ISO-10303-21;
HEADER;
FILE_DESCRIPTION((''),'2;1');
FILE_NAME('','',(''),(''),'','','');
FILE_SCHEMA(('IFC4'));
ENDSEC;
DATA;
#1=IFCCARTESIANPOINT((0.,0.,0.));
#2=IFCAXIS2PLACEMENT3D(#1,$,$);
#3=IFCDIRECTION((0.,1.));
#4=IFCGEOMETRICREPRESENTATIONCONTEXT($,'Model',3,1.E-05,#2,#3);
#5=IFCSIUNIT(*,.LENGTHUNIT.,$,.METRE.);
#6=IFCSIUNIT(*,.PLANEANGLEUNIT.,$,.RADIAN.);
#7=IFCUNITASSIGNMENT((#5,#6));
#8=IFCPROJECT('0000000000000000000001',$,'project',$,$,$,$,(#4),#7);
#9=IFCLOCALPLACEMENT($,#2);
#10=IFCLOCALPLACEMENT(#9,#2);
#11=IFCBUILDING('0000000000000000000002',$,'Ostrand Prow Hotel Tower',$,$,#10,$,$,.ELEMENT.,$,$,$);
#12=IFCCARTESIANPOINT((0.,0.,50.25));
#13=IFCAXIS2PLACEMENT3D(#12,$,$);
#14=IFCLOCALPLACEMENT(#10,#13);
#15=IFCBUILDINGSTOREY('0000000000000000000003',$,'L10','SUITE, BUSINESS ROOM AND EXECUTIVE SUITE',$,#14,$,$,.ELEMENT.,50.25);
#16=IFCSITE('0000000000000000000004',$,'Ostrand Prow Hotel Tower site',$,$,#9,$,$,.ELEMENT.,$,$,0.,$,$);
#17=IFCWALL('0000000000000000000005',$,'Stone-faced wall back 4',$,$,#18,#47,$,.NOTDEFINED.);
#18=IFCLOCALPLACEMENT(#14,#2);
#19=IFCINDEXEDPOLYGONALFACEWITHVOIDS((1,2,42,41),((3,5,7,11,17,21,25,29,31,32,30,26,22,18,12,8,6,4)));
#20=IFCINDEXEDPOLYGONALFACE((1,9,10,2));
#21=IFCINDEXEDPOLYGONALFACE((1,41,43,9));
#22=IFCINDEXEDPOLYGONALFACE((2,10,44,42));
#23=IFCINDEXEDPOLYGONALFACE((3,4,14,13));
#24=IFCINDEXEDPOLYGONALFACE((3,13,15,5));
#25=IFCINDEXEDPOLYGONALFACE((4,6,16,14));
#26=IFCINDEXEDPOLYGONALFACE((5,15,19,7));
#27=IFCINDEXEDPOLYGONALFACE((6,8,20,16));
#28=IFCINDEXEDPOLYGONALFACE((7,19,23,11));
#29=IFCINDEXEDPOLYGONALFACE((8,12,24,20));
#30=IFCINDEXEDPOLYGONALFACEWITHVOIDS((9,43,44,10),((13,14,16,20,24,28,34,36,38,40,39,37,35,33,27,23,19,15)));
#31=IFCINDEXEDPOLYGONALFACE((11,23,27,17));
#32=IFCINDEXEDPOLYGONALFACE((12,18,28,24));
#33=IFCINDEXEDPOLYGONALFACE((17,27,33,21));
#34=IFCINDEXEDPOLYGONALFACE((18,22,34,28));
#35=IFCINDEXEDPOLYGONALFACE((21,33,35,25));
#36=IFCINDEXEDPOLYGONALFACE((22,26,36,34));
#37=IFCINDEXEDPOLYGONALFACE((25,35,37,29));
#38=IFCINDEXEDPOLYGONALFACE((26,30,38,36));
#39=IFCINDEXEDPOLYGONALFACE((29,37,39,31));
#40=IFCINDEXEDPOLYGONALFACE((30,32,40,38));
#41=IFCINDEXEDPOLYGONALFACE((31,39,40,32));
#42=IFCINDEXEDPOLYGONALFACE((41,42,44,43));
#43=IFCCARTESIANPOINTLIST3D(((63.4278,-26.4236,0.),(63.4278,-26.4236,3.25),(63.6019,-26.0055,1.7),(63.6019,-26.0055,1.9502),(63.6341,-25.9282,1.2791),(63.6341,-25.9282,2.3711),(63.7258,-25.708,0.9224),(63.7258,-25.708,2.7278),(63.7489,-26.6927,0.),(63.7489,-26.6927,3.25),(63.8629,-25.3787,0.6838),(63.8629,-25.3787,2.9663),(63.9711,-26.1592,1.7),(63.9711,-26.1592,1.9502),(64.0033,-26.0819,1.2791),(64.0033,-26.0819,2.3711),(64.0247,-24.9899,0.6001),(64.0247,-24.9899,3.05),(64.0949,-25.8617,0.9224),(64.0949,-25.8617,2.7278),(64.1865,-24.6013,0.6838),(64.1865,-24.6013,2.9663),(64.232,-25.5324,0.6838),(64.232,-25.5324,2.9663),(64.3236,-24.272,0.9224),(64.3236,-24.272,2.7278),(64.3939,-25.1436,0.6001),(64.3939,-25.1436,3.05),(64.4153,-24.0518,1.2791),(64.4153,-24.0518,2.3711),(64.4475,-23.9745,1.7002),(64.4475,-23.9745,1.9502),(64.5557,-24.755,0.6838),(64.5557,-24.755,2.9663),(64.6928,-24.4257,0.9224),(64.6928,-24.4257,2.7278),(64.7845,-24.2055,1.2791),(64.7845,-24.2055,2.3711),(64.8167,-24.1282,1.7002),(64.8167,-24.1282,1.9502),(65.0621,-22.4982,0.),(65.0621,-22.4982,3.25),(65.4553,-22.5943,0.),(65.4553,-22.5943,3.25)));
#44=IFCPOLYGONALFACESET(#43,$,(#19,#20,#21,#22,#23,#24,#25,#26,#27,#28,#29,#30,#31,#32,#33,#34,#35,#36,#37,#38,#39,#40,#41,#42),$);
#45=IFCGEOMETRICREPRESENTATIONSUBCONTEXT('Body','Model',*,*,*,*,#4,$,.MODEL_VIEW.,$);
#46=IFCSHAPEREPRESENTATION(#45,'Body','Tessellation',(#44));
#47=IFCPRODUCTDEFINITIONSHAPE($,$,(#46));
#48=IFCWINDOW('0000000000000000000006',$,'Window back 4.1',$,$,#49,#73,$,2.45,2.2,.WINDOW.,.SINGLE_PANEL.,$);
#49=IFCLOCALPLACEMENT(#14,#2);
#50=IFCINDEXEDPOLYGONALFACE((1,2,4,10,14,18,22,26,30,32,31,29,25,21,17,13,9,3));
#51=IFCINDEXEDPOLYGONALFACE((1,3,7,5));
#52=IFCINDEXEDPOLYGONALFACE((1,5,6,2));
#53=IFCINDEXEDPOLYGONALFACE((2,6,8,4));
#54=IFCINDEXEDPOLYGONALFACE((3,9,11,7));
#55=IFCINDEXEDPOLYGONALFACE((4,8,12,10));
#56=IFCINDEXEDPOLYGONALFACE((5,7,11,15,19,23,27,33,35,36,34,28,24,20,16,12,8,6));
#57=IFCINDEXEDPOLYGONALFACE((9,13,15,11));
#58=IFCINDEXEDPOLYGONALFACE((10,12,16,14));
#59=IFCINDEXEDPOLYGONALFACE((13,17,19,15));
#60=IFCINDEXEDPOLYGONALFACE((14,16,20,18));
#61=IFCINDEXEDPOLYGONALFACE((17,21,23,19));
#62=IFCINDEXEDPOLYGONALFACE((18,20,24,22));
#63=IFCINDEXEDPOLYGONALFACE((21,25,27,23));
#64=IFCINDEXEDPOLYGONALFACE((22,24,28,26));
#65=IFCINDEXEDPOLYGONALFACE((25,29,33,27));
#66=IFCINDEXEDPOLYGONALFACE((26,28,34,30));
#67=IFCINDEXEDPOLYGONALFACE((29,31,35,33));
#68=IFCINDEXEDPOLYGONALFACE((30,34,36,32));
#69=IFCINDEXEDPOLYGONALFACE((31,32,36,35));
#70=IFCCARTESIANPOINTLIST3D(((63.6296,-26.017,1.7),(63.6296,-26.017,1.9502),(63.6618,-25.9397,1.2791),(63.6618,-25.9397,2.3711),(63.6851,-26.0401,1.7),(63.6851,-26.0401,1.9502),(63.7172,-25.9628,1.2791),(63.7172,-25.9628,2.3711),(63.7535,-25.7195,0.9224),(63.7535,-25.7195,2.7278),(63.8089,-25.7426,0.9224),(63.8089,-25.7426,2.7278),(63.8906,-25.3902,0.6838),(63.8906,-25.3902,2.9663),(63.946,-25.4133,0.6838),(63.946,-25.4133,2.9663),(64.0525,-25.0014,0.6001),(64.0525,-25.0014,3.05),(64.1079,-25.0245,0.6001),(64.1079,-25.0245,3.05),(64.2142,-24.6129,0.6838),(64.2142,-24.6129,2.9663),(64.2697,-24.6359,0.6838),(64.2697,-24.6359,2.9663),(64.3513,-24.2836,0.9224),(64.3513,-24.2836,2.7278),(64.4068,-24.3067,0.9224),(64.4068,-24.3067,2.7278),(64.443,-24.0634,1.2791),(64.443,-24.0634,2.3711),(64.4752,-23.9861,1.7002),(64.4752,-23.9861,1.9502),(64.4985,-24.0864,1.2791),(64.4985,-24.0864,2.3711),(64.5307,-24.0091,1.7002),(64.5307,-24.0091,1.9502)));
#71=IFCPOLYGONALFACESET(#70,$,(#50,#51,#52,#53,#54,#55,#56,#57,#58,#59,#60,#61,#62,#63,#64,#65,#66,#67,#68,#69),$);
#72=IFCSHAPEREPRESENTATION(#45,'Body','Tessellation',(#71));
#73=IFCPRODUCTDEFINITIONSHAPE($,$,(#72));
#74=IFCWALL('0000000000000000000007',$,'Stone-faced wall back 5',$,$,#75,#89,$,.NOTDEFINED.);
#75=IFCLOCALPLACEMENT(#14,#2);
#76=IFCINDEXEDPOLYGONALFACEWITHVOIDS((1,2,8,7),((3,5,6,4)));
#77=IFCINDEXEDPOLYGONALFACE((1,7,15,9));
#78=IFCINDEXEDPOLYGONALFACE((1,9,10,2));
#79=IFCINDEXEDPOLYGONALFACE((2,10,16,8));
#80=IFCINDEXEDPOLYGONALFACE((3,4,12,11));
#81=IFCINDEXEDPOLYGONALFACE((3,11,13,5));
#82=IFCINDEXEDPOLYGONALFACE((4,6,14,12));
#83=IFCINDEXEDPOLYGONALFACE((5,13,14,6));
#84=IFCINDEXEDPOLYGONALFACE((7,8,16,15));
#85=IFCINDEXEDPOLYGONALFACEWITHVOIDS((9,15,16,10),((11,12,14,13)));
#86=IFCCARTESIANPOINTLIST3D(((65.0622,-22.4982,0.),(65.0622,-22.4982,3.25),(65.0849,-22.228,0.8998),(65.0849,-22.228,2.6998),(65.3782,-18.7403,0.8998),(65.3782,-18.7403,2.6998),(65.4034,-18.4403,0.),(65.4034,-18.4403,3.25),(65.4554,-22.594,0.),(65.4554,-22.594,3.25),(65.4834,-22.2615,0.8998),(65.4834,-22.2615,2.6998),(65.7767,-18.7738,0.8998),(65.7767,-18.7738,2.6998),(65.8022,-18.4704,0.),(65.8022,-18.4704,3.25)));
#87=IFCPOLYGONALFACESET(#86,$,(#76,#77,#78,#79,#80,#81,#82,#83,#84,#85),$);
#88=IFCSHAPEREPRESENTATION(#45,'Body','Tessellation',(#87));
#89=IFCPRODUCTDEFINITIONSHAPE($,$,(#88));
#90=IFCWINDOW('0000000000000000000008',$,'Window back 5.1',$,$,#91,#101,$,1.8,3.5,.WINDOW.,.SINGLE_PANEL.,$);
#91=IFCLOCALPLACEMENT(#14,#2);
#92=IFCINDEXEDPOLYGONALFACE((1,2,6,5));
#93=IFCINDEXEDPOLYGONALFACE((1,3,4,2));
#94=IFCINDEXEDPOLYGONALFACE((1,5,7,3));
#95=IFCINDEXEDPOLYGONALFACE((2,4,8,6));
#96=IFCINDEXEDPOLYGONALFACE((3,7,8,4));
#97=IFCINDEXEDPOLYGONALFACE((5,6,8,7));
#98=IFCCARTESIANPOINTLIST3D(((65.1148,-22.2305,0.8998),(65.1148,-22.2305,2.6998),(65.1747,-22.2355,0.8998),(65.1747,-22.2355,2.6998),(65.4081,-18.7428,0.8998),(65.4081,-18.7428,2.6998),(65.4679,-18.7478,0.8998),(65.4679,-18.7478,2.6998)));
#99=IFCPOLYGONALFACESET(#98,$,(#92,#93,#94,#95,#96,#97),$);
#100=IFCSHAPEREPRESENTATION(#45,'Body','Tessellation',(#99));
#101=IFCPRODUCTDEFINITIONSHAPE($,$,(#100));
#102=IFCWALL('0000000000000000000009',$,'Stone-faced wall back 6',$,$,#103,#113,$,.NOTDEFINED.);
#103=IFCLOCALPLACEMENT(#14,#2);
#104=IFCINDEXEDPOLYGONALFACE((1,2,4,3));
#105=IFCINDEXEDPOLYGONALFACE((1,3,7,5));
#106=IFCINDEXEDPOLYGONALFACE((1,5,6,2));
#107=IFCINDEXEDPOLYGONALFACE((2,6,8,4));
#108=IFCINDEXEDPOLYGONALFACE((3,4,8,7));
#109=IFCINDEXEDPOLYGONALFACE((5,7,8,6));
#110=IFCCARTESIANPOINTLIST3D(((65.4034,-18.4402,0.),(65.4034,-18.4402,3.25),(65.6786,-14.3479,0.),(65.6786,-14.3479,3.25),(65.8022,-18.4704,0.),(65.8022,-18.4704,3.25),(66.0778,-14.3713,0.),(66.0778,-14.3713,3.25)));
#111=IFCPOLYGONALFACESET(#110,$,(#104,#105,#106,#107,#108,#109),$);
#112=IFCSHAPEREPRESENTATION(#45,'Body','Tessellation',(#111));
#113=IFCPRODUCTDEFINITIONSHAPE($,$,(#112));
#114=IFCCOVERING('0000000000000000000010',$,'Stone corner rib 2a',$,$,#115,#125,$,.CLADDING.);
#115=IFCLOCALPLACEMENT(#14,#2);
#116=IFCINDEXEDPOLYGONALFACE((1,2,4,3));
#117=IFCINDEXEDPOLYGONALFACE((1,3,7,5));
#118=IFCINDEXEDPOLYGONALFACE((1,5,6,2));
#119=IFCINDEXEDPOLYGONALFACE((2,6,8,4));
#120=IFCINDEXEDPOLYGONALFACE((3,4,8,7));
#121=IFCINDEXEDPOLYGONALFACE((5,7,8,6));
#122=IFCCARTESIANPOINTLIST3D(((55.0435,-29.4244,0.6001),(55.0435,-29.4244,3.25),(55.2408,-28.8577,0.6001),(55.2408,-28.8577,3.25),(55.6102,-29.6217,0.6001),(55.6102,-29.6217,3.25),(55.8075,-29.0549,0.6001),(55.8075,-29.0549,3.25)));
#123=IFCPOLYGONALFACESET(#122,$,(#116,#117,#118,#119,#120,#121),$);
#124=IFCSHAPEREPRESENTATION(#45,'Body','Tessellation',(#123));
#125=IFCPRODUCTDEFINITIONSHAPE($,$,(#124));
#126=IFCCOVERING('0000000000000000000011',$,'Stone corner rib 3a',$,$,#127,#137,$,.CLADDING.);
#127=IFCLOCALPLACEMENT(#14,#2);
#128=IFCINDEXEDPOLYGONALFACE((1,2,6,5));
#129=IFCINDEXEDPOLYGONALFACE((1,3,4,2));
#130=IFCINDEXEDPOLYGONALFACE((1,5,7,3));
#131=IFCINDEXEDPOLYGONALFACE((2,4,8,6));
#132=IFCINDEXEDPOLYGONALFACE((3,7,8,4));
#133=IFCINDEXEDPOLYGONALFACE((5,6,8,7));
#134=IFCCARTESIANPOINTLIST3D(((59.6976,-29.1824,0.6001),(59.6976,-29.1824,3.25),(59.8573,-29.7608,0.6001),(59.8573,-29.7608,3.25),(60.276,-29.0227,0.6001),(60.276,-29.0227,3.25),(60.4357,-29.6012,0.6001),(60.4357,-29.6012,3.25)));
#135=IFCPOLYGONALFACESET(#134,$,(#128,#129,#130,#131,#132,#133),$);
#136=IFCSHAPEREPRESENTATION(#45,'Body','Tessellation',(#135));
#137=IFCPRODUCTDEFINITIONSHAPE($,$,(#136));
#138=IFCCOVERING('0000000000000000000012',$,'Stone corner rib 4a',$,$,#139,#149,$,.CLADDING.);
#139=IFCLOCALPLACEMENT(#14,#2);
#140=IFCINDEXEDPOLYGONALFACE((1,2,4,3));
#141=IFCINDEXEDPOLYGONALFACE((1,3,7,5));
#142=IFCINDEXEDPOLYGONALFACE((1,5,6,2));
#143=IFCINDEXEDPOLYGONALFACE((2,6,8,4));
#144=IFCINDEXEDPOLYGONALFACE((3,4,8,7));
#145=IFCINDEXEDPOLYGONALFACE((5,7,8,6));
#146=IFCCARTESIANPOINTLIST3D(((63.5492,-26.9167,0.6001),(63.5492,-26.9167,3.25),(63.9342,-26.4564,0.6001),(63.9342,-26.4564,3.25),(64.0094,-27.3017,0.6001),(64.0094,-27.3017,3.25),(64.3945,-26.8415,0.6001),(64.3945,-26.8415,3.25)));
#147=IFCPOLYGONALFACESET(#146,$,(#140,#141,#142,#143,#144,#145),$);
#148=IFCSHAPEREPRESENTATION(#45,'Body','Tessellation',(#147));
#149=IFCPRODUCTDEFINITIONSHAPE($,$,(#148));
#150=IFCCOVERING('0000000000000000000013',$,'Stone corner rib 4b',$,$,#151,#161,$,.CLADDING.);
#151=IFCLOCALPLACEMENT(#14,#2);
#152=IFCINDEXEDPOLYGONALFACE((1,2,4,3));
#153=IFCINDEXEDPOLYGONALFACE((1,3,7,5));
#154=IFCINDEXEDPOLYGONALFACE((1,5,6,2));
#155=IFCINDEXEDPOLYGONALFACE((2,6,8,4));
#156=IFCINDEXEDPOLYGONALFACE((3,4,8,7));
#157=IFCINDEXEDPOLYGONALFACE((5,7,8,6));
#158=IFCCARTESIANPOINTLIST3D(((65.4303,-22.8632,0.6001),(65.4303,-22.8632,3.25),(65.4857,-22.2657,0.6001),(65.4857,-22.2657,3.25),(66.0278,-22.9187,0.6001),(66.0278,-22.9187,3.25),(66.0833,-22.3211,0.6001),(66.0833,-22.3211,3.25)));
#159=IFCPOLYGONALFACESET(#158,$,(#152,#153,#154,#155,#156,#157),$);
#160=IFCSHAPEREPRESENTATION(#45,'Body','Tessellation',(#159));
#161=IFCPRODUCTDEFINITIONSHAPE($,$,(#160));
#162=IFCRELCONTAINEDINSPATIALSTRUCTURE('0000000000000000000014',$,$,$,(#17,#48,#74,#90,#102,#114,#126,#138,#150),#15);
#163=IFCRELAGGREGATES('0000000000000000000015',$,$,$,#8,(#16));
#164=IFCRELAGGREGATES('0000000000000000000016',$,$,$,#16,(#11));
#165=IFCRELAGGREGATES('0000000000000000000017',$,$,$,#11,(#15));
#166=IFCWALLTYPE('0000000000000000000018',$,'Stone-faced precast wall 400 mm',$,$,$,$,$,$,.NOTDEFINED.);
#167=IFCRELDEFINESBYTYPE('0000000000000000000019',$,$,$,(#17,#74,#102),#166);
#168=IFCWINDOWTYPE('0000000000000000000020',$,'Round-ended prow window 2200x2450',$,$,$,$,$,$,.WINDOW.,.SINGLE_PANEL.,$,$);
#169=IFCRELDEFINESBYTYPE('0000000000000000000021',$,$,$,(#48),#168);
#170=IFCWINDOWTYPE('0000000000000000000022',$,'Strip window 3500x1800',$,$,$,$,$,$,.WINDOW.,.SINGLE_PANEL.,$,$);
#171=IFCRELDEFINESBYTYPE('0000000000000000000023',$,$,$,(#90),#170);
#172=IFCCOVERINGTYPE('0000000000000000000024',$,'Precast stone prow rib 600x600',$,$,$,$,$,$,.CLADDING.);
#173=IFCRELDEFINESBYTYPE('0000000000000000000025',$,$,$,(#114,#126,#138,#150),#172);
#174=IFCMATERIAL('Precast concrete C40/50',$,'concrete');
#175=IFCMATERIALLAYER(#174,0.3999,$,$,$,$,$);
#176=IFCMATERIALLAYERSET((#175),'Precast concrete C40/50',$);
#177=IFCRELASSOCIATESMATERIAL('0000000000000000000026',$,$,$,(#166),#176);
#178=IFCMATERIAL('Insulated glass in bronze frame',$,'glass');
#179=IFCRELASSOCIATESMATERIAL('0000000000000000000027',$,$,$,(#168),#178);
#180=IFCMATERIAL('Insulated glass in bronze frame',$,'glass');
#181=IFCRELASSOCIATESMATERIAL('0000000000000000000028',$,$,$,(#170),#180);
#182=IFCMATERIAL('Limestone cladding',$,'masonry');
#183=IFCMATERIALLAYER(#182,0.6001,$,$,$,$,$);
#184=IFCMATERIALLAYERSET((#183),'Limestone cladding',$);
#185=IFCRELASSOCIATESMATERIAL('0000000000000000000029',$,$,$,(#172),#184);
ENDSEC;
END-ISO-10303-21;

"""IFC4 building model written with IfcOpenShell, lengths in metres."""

from ifc_helpers import new_model, si_unit, direction, frame, frame_2d, origin, place, context, subcontext, project, spatial, polyline, rectangle, outline, extrude, material, layer, layer_set, type_object, element, fill, save


model = new_model("IFC4")

# Units and contexts
model_context = context("Model", 3, precision=1e-05, world=origin(), true_north=direction((0.0, 1.0)))
body_context = subcontext(model_context, "Body", "Model", "MODEL_VIEW")
ifc_project = project(units=[si_unit("LENGTHUNIT", "METRE"), si_unit("PLANEANGLEUNIT", "RADIAN")], contexts=[model_context])

# Site, building, storey
site_placement = place(None, origin())
site = spatial("IfcSite", under=ifc_project, at=site_placement, Name="Ostrand Prow Hotel Tower site", CompositionType="ELEMENT", RefElevation=0.0)
building_placement = place(site_placement, origin())
building = spatial("IfcBuilding", under=site, at=building_placement, Name="Ostrand Prow Hotel Tower", CompositionType="ELEMENT")
storey_placement = place(building_placement, frame((0.0, 0.0, 50.25)))
storey = spatial("IfcBuildingStorey", under=building, at=storey_placement, Name="L10", Description="SUITE, BUSINESS ROOM AND EXECUTIVE SUITE", CompositionType="ELEMENT", Elevation=50.25)

# Walls, openings, windows
ifc_material_1 = material(Name="Precast concrete C40/50", Category="concrete")
ifc_layer_1 = layer(ifc_material_1, 0.3999)
ifc_layer_set_1 = layer_set([ifc_layer_1], Name="Precast concrete C40/50")
wall_type_1 = type_object("IfcWallType", Name="Stone-faced precast wall 400 mm", PredefinedType="NOTDEFINED", material=ifc_layer_set_1)
ifc_material_2 = material(Name="Insulated glass in bronze frame", Category="glass")
window_type_1 = type_object("IfcWindowType", Name="Round-ended prow window 2200x2450", PartitioningType="SINGLE_PANEL", PredefinedType="WINDOW", material=ifc_material_2)
wall_1_placement = place(storey_placement, frame((63.5884, -26.5581, 0.0), z_axis=(0.0, 0.0, 1.0), x_axis=(0.384372, 0.923178, 0.0)))
wall_1 = element("IfcWall", 1, at=wall_1_placement, inside=storey, type_object=wall_type_1, Name="Stone-faced wall back 4", PredefinedType="NOTDEFINED", context=body_context, shape_type="SweptSolid", body=[
    extrude(outline(polyline([(-0.0625, -0.2), (4.377, -0.2), (4.3145, 0.2), (0.0625, 0.2), (-0.0625, -0.2)])), origin(), (0.0, 0.0, 1.0), 3.25),
])
opening_1_placement = place(wall_1_placement, frame((0.5154, 0.0, 0.6001)))
opening_1 = element("IfcOpeningElement", 2, at=opening_1_placement, cuts=wall_1, PredefinedType="OPENING", context=body_context, shape_type="SweptSolid", body=[
    extrude(outline(polyline([(0.0, 1.3501), (0.0837, 1.771), (0.3223, 2.1277), (0.679, 2.3662), (1.1001, 2.45), (1.521, 2.3662), (1.8777, 2.1277), (2.1162, 1.771), (2.2, 1.3501), (2.2, 1.1001), (2.1162, 0.679), (1.8777, 0.3223), (1.521, 0.0837), (1.1001, 0.0), (0.679, 0.0837), (0.3223, 0.3223), (0.0837, 0.679), (0.0, 1.0999), (0.0, 1.3501)])), frame((0.0, 0.21, 0.0), z_axis=(0.0, -1.0, 0.0), x_axis=(1.0, 0.0, 0.0)), (0.0, 0.0, 1.0), 0.4199),
])
window_1_placement = place(opening_1_placement, origin())
window_1 = element("IfcWindow", 3, at=window_1_placement, inside=storey, type_object=window_type_1, Name="Window back 4.1", OverallHeight=2.45, OverallWidth=2.2, PartitioningType="SINGLE_PANEL", PredefinedType="WINDOW", context=body_context, shape_type="SweptSolid", body=[
    extrude(outline(polyline([(0.0, 1.3501), (0.0837, 1.771), (0.3223, 2.1277), (0.679, 2.3662), (1.1001, 2.45), (1.521, 2.3662), (1.8777, 2.1277), (2.1162, 1.771), (2.2, 1.3501), (2.2, 1.1001), (2.1162, 0.679), (1.8777, 0.3223), (1.521, 0.0837), (1.1001, 0.0), (0.679, 0.0837), (0.3223, 0.3223), (0.0837, 0.679), (0.0, 1.0999), (0.0, 1.3501)])), frame((0.0, 0.1699, 0.0), z_axis=(0.0, -1.0, 0.0), x_axis=(1.0, 0.0, 0.0)), (0.0, 0.0, 1.0), 0.0601),
])
fill(opening_1, window_1)
wall_2_placement = place(storey_placement, frame((65.2588, -22.5461, 0.0), z_axis=(0.0, 0.0, 1.0), x_axis=(0.083794, 0.996483, 0.0)))
wall_2 = element("IfcWall", 4, at=wall_2_placement, inside=storey, type_object=wall_type_1, Name="Stone-faced wall back 5", PredefinedType="NOTDEFINED", context=body_context, shape_type="SweptSolid", body=[
    extrude(outline(polyline([(-0.0312, -0.2), (4.1069, -0.2), (4.1035, 0.2), (0.0312, 0.2), (-0.0312, -0.2)])), origin(), (0.0, 0.0, 1.0), 3.25),
])
opening_2_placement = place(wall_2_placement, frame((0.3025, 0.0, 0.8999)))
opening_2 = element("IfcOpeningElement", 5, at=opening_2_placement, cuts=wall_2, PredefinedType="OPENING", context=body_context, shape_type="SweptSolid", body=[
    extrude(rectangle(XDim=3.5, YDim=1.8, at=frame_2d((1.75, 0.8999))), frame((0.0, 0.21, 0.0), z_axis=(0.0, -1.0, 0.0), x_axis=(1.0, 0.0, 0.0)), (0.0, 0.0, 1.0), 0.4199),
])
ifc_material_3 = material(Name="Insulated glass in bronze frame", Category="glass")
window_type_2 = type_object("IfcWindowType", Name="Strip window 3500x1800", PartitioningType="SINGLE_PANEL", PredefinedType="WINDOW", material=ifc_material_3)
window_2_placement = place(opening_2_placement, origin())
window_2 = element("IfcWindow", 6, at=window_2_placement, inside=storey, type_object=window_type_2, Name="Window back 5.1", OverallHeight=1.8, OverallWidth=3.5, PartitioningType="SINGLE_PANEL", PredefinedType="WINDOW", context=body_context, shape_type="SweptSolid", body=[
    extrude(rectangle(XDim=3.5, YDim=1.8, at=frame_2d((1.75, 0.8999))), frame((0.0, 0.1699, 0.0), z_axis=(0.0, -1.0, 0.0), x_axis=(1.0, 0.0, 0.0)), (0.0, 0.0, 1.0), 0.0601),
])
fill(opening_2, window_2)

# Wall
wall_3_placement = place(storey_placement, frame((65.6028, -18.4553, 0.0), z_axis=(0.0, 0.0, 1.0), x_axis=(0.067087, 0.997747, 0.0)))
element("IfcWall", 7, at=wall_3_placement, inside=storey, type_object=wall_type_1, Name="Stone-faced wall back 6", PredefinedType="NOTDEFINED", context=body_context, shape_type="SweptSolid", body=[
    extrude(outline(polyline([(-0.0017, -0.2), (4.1067, -0.2), (4.1033, 0.2), (0.0017, 0.2), (-0.0017, -0.2)])), origin(), (0.0, 0.0, 1.0), 3.25),
])

# Coverings
ifc_material_4 = material(Name="Limestone cladding", Category="masonry")
ifc_layer_2 = layer(ifc_material_4, 0.6001)
ifc_layer_set_2 = layer_set([ifc_layer_2], Name="Limestone cladding")
covering_type = type_object("IfcCoveringType", Name="Precast stone prow rib 600x600", PredefinedType="CLADDING", material=ifc_layer_set_2)
for number, where, z_axis, x_axis, name in (
    (8, (55.5242, -28.9563, 0.6001), (0.0, 0.0, 1.0), (-0.328773, -0.944409, 0.0), "Stone corner rib 2a"),
    (9, (59.9868, -29.1025, 0.6001), (0.0, 0.0, 1.0), (0.266112, -0.963942, 0.0), "Stone corner rib 3a"),
    (10, (63.7417, -26.6865, 0.6001), (0.0, 0.0, 1.0), (0.766986, -0.641664, 0.0), "Stone corner rib 4a"),
    (11, (65.458, -22.5645, 0.6001), (0.0, 0.0, 1.0), (0.995725, -0.09237, 0.0), "Stone corner rib 4b"),
):
    element("IfcCovering", number, at=place(storey_placement, frame(where, z_axis=z_axis, x_axis=x_axis)), inside=storey, type_object=covering_type, Name=name, PredefinedType="CLADDING", context=body_context, shape_type="SweptSolid", body=[
        extrude(rectangle(XDim=0.6001, YDim=0.6001, at=frame_2d((0.3, 0.0))), origin(), (0.0, 0.0, 1.0), 2.6499),
    ])

save(model, "model.ifc")
